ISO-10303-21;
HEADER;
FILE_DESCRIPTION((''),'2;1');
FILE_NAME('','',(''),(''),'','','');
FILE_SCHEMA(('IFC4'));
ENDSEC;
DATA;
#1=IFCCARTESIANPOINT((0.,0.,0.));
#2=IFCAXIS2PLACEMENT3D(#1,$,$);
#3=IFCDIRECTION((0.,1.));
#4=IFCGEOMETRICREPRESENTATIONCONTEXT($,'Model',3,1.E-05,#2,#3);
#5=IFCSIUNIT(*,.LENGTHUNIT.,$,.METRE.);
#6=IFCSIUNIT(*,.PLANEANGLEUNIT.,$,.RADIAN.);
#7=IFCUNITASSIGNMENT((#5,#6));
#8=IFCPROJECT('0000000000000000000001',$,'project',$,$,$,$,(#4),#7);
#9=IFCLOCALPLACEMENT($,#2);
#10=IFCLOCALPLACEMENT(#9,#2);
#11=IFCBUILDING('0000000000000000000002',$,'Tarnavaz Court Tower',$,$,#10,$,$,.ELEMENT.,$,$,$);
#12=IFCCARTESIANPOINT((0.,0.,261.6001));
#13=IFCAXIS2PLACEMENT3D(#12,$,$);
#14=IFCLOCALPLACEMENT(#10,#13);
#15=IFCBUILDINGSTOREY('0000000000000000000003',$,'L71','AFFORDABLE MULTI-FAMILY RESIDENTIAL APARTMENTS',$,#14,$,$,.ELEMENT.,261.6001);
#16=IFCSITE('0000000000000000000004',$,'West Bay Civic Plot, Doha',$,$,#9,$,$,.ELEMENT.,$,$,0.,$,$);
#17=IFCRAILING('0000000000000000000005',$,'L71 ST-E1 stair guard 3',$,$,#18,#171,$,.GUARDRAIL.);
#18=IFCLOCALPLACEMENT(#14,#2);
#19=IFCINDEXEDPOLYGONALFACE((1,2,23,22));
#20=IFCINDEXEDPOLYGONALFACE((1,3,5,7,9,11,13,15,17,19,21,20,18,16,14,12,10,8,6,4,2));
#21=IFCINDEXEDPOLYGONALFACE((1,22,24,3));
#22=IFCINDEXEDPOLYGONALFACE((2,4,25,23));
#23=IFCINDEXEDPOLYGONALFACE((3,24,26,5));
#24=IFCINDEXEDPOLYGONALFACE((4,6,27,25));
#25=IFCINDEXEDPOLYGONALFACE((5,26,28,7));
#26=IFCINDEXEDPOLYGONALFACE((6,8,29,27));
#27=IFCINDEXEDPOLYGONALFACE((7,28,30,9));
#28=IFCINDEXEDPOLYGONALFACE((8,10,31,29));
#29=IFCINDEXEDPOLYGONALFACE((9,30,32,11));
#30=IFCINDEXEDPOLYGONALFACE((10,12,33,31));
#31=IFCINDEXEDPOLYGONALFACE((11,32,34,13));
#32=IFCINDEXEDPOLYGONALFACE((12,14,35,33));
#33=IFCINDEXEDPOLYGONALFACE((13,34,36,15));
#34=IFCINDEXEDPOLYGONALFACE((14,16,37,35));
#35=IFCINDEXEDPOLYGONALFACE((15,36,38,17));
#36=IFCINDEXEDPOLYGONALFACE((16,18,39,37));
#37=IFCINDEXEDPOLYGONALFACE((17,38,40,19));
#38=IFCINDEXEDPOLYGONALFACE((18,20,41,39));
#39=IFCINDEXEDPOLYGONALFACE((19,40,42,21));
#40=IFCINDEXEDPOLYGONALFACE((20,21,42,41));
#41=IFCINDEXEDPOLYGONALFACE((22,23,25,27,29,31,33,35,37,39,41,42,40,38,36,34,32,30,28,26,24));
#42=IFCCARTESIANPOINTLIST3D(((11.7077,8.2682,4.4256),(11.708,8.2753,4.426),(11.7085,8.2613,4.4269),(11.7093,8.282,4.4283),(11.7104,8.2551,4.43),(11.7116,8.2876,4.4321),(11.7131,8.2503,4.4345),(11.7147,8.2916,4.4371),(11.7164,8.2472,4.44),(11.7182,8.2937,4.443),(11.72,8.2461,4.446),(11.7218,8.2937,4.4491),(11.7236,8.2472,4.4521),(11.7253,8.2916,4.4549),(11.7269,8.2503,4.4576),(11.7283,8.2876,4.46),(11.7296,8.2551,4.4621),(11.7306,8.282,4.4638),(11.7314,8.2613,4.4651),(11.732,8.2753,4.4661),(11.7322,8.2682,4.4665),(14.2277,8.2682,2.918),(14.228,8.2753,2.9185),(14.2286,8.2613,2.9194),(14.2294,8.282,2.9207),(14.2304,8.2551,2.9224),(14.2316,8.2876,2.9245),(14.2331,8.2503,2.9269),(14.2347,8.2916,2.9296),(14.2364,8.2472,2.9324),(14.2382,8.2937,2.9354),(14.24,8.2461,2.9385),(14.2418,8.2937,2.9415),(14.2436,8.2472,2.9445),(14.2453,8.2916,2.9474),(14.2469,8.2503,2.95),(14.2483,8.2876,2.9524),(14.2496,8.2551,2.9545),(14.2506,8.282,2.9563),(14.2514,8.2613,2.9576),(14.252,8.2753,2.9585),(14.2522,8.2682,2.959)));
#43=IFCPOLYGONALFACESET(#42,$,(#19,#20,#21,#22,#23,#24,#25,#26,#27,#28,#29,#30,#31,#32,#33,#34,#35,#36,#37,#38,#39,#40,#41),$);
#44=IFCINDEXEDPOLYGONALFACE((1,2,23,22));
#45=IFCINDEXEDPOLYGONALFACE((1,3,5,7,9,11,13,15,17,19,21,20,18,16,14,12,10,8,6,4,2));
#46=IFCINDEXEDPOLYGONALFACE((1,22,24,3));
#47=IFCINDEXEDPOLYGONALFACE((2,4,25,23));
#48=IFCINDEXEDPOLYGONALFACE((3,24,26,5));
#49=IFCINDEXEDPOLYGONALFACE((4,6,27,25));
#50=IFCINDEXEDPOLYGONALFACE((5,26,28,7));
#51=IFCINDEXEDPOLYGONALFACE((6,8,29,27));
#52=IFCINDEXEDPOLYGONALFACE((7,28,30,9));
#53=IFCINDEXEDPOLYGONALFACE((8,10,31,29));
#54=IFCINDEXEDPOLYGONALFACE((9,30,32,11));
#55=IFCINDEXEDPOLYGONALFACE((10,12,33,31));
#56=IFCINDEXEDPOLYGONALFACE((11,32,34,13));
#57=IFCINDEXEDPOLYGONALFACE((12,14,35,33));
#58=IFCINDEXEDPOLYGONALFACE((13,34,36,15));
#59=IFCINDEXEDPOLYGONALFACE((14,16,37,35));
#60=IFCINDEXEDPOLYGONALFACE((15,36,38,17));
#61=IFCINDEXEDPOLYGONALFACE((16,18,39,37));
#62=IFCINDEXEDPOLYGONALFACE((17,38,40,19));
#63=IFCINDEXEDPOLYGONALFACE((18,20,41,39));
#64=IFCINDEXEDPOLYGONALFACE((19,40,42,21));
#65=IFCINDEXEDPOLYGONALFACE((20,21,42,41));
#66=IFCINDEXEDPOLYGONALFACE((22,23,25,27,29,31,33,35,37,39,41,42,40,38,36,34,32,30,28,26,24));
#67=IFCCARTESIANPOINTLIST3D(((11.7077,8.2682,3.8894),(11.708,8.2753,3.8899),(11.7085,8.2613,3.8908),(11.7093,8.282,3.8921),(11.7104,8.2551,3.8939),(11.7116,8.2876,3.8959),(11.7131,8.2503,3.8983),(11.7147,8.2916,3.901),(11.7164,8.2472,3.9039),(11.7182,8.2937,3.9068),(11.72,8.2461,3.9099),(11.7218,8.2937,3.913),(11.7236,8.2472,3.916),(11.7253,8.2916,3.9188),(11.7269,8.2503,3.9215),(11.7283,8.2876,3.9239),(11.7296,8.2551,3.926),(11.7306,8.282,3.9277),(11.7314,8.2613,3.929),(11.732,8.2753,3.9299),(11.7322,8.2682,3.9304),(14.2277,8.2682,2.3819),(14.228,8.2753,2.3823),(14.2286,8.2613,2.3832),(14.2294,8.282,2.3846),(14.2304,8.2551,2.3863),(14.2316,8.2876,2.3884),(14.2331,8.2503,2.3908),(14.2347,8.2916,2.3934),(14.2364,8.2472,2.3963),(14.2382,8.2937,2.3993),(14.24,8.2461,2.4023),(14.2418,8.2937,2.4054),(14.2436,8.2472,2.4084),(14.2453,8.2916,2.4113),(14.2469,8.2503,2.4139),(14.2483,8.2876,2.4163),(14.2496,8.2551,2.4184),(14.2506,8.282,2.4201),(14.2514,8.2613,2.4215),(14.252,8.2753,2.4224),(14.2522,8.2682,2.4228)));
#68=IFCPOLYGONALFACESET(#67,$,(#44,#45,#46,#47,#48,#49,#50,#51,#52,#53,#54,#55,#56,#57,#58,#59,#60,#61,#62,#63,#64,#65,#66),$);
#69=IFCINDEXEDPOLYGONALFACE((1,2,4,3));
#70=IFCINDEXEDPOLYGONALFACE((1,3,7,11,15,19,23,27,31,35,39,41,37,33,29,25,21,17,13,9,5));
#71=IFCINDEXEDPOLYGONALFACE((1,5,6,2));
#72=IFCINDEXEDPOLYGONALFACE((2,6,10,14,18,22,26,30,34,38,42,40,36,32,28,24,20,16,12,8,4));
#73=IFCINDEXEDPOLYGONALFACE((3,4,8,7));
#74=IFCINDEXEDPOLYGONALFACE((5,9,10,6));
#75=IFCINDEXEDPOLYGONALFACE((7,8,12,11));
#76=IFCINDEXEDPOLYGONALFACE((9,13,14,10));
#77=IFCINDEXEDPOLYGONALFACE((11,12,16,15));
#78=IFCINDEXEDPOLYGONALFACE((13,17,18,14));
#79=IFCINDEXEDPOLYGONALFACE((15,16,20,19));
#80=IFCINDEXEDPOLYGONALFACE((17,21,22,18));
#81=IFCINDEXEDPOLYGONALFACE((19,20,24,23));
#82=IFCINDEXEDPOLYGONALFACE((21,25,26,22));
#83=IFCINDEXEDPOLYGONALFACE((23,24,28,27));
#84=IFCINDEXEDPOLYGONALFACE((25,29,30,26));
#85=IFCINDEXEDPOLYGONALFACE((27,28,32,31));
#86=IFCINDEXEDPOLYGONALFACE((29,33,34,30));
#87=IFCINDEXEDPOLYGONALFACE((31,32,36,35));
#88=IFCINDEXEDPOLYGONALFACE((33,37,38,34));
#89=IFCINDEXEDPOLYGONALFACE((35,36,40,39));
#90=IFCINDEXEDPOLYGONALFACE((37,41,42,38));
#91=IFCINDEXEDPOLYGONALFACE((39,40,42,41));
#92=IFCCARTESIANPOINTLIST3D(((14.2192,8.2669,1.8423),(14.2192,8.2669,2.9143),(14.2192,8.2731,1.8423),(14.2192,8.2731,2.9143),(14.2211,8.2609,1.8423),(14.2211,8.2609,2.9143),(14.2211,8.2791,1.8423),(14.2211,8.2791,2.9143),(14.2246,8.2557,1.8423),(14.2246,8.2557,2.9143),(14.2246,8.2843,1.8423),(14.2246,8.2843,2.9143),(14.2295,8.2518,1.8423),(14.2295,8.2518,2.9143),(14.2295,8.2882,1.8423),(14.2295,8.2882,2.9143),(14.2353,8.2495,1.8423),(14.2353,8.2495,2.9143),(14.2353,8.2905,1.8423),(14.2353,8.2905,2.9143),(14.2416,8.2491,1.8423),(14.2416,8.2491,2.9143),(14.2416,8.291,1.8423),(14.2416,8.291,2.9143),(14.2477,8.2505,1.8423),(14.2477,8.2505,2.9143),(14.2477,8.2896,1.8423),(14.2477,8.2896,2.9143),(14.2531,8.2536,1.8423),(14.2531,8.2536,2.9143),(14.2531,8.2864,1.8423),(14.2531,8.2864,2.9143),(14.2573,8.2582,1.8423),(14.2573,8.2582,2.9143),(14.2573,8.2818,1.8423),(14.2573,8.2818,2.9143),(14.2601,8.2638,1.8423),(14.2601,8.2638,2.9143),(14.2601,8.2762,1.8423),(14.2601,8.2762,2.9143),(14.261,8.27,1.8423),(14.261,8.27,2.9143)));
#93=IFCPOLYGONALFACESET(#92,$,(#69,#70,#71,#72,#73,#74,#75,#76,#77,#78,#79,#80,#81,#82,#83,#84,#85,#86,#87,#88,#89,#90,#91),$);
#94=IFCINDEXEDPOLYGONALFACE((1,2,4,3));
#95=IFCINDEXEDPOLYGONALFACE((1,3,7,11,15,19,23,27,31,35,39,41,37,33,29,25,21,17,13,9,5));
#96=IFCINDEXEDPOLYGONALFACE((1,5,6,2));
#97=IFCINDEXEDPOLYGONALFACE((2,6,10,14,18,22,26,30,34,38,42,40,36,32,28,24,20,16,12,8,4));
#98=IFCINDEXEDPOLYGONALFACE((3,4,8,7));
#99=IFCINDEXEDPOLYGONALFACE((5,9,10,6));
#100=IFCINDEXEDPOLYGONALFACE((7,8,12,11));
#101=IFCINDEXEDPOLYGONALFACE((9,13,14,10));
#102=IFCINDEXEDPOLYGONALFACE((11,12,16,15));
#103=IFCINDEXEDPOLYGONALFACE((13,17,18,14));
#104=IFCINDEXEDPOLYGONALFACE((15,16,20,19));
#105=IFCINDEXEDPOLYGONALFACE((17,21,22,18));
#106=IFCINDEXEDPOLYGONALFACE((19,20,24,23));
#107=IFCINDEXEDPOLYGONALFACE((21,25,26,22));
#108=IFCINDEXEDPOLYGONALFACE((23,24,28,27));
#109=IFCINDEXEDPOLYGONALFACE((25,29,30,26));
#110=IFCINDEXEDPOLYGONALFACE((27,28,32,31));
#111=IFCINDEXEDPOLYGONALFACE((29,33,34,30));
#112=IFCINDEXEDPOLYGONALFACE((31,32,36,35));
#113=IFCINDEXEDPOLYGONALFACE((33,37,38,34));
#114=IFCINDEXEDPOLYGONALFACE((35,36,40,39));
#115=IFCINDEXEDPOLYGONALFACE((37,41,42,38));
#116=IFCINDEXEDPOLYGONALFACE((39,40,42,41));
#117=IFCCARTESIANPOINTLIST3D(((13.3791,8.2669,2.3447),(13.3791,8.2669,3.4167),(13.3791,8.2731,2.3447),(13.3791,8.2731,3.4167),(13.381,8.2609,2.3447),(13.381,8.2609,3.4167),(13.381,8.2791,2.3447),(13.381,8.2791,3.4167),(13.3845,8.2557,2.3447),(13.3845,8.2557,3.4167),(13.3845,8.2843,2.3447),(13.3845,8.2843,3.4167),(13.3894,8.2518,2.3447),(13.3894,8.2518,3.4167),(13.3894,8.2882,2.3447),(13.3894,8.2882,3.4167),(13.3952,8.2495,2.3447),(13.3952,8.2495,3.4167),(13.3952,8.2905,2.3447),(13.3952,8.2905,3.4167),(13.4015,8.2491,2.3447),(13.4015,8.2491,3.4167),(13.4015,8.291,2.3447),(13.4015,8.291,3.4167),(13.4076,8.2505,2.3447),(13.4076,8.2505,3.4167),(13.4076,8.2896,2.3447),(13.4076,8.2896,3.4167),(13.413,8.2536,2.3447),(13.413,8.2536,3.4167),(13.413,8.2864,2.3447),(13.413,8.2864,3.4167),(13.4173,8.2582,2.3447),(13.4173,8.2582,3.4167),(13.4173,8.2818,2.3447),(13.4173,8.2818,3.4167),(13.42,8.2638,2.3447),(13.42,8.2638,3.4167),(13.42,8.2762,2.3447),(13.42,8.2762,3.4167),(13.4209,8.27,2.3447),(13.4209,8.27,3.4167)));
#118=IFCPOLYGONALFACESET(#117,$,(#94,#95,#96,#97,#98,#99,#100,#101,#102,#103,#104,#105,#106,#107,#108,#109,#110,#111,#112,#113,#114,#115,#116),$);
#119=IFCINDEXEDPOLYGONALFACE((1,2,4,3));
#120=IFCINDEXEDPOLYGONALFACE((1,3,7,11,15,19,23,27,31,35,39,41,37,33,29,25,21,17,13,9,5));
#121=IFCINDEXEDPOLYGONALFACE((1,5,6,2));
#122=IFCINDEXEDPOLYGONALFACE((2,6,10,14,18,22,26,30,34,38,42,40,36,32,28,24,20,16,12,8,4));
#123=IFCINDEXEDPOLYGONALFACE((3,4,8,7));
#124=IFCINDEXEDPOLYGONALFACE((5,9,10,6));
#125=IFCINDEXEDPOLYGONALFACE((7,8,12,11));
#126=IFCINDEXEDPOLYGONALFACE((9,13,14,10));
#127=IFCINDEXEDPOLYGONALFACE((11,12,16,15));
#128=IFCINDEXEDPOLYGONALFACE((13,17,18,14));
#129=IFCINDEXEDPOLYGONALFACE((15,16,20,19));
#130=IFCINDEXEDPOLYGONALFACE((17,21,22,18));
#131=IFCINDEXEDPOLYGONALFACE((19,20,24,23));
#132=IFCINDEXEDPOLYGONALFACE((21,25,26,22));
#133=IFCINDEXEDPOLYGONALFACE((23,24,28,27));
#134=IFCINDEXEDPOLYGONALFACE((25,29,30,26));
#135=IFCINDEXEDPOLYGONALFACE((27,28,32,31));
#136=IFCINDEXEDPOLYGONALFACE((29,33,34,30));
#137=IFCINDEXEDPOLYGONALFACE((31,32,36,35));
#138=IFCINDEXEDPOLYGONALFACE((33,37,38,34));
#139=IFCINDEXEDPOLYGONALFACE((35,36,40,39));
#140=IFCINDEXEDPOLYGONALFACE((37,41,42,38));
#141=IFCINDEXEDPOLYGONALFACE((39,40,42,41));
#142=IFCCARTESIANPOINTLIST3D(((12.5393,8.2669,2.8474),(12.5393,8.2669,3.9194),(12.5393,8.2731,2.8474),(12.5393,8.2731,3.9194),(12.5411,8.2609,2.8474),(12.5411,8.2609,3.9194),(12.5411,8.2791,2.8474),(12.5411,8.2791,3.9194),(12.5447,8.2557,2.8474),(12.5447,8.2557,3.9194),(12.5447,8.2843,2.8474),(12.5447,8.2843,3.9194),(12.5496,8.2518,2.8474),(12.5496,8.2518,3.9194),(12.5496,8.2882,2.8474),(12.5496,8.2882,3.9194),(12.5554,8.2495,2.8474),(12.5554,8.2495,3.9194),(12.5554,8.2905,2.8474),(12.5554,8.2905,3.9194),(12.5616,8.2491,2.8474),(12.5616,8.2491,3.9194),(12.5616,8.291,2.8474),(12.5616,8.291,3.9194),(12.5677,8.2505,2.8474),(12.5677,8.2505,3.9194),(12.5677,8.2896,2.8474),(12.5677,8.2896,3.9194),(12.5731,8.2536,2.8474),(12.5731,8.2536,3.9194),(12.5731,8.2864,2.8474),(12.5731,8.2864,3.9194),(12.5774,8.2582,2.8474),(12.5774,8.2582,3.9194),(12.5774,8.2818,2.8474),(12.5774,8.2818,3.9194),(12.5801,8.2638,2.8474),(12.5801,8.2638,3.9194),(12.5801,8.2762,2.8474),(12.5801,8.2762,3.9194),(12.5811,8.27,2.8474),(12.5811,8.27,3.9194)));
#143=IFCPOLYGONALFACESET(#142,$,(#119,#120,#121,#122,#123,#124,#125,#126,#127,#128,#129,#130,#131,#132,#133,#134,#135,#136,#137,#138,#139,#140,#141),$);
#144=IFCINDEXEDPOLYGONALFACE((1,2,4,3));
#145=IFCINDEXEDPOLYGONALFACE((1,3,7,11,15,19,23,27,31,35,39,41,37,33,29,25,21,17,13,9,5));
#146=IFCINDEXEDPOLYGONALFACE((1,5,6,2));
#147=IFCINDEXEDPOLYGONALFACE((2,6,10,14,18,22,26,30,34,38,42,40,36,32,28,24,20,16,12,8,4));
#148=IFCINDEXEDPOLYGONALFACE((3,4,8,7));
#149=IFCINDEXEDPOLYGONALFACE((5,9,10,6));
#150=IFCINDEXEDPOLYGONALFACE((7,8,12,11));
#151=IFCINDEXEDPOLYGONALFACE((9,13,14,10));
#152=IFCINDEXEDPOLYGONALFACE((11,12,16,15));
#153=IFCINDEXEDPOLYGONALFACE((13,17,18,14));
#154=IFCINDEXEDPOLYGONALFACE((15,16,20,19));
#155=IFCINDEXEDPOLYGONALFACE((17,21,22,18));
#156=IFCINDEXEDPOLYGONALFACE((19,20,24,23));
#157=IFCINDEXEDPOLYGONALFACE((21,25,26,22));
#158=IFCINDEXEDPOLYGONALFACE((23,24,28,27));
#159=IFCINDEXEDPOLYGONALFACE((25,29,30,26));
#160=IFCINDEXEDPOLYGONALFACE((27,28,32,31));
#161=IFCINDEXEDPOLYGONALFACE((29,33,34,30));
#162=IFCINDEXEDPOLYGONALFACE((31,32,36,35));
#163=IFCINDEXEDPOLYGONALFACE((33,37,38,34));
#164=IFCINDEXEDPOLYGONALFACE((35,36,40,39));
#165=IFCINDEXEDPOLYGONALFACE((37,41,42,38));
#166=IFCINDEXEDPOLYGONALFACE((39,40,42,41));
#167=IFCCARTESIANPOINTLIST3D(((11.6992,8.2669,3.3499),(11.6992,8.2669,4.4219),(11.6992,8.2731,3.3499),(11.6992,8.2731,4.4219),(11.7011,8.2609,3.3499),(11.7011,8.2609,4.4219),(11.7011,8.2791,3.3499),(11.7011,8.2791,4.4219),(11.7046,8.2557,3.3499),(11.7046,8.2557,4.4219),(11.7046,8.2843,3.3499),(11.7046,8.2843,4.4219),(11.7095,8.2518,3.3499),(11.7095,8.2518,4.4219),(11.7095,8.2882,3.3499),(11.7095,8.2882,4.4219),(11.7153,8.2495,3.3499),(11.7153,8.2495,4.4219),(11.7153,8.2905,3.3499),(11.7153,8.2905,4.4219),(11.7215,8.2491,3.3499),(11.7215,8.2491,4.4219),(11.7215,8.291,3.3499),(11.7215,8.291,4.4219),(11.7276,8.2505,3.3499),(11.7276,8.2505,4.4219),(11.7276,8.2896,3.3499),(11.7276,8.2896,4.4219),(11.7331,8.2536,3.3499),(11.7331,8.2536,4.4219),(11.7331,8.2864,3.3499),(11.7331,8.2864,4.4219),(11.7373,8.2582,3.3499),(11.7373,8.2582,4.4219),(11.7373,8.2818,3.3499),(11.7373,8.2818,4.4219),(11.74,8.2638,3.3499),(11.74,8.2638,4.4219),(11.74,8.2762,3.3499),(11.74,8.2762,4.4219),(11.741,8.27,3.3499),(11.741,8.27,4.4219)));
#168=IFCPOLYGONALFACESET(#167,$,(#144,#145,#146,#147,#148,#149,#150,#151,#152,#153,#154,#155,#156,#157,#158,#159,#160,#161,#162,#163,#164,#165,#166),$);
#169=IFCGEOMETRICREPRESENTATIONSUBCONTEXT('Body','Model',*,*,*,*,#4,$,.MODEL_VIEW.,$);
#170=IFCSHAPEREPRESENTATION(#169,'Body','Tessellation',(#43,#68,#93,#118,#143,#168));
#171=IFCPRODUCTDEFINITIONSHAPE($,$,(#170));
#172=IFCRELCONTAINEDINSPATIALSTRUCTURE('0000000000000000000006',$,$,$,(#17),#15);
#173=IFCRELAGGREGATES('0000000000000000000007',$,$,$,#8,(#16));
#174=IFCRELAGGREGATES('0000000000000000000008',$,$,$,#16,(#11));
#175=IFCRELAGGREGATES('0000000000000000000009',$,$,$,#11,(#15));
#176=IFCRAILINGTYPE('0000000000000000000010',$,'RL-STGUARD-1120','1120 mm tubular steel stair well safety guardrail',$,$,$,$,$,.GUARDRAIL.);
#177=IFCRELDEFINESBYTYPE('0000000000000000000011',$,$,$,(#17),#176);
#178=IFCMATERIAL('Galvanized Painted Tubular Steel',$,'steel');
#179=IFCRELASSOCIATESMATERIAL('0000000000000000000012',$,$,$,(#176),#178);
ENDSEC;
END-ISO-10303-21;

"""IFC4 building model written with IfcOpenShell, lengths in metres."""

from ifc_helpers import new_model, si_unit, direction, frame, origin, origin_2d, place, context, subcontext, project, spatial, circle, extrude, material, type_object, element, save


model = new_model("IFC4")

# Units and contexts
model_context = context("Model", 3, precision=1e-05, world=origin(), true_north=direction((0.0, 1.0)))
body_context = subcontext(model_context, "Body", "Model", "MODEL_VIEW")
ifc_project = project(units=[si_unit("LENGTHUNIT", "METRE"), si_unit("PLANEANGLEUNIT", "RADIAN")], contexts=[model_context])

# Site, building, storey
site_placement = place(None, origin())
site = spatial("IfcSite", under=ifc_project, at=site_placement, Name="West Bay Civic Plot, Doha", CompositionType="ELEMENT", RefElevation=0.0)
building_placement = place(site_placement, origin())
building = spatial("IfcBuilding", under=site, at=building_placement, Name="Tarnavaz Court Tower", CompositionType="ELEMENT")
storey_placement = place(building_placement, frame((0.0, 0.0, 261.6001)))
storey = spatial("IfcBuildingStorey", under=building, at=storey_placement, Name="L71", Description="AFFORDABLE MULTI-FAMILY RESIDENTIAL APARTMENTS", CompositionType="ELEMENT", Elevation=261.6001)

# Railing
ifc_material_1 = material(Name="Galvanized Painted Tubular Steel", Category="steel")
railing_type_1 = type_object("IfcRailingType", Name="RL-STGUARD-1120", Description="1120 mm tubular steel stair well safety guardrail", PredefinedType="GUARDRAIL", material=ifc_material_1)
railing_1_placement = place(storey_placement, frame((14.24, 8.27, 1.8423)))
element("IfcRailing", 1, at=railing_1_placement, inside=storey, type_object=railing_type_1, Name="L71 ST-E1 stair guard 3", PredefinedType="GUARDRAIL", context=body_context, shape_type="SweptSolid", body=[
    extrude(circle(Radius=0.0239, at=origin_2d()), frame((0.0, 0.0, 1.0962), z_axis=(-0.85816, 0.0, 0.513383), x_axis=(0.0, -1.0, 0.0)), (0.0, 0.0, 1.0), 2.9365),
    extrude(circle(Radius=0.0239, at=origin_2d()), frame((0.0, 0.0, 0.5601), z_axis=(-0.85816, 0.0, 0.513383), x_axis=(0.0, -1.0, 0.0)), (0.0, 0.0, 1.0), 2.9365),
    extrude(circle(Radius=0.021, at=origin_2d()), origin(), (0.0, 0.0, 1.0), 1.072),
    extrude(circle(Radius=0.021, at=origin_2d()), frame((-0.8401, 0.0, 0.5024)), (0.0, 0.0, 1.0), 1.072),
    extrude(circle(Radius=0.021, at=origin_2d()), frame((-1.6799, 0.0, 1.0051)), (0.0, 0.0, 1.0), 1.072),
    extrude(circle(Radius=0.021, at=origin_2d()), frame((-2.52, 0.0, 1.5076)), (0.0, 0.0, 1.0), 1.072),
])

save(model, "model.ifc")
